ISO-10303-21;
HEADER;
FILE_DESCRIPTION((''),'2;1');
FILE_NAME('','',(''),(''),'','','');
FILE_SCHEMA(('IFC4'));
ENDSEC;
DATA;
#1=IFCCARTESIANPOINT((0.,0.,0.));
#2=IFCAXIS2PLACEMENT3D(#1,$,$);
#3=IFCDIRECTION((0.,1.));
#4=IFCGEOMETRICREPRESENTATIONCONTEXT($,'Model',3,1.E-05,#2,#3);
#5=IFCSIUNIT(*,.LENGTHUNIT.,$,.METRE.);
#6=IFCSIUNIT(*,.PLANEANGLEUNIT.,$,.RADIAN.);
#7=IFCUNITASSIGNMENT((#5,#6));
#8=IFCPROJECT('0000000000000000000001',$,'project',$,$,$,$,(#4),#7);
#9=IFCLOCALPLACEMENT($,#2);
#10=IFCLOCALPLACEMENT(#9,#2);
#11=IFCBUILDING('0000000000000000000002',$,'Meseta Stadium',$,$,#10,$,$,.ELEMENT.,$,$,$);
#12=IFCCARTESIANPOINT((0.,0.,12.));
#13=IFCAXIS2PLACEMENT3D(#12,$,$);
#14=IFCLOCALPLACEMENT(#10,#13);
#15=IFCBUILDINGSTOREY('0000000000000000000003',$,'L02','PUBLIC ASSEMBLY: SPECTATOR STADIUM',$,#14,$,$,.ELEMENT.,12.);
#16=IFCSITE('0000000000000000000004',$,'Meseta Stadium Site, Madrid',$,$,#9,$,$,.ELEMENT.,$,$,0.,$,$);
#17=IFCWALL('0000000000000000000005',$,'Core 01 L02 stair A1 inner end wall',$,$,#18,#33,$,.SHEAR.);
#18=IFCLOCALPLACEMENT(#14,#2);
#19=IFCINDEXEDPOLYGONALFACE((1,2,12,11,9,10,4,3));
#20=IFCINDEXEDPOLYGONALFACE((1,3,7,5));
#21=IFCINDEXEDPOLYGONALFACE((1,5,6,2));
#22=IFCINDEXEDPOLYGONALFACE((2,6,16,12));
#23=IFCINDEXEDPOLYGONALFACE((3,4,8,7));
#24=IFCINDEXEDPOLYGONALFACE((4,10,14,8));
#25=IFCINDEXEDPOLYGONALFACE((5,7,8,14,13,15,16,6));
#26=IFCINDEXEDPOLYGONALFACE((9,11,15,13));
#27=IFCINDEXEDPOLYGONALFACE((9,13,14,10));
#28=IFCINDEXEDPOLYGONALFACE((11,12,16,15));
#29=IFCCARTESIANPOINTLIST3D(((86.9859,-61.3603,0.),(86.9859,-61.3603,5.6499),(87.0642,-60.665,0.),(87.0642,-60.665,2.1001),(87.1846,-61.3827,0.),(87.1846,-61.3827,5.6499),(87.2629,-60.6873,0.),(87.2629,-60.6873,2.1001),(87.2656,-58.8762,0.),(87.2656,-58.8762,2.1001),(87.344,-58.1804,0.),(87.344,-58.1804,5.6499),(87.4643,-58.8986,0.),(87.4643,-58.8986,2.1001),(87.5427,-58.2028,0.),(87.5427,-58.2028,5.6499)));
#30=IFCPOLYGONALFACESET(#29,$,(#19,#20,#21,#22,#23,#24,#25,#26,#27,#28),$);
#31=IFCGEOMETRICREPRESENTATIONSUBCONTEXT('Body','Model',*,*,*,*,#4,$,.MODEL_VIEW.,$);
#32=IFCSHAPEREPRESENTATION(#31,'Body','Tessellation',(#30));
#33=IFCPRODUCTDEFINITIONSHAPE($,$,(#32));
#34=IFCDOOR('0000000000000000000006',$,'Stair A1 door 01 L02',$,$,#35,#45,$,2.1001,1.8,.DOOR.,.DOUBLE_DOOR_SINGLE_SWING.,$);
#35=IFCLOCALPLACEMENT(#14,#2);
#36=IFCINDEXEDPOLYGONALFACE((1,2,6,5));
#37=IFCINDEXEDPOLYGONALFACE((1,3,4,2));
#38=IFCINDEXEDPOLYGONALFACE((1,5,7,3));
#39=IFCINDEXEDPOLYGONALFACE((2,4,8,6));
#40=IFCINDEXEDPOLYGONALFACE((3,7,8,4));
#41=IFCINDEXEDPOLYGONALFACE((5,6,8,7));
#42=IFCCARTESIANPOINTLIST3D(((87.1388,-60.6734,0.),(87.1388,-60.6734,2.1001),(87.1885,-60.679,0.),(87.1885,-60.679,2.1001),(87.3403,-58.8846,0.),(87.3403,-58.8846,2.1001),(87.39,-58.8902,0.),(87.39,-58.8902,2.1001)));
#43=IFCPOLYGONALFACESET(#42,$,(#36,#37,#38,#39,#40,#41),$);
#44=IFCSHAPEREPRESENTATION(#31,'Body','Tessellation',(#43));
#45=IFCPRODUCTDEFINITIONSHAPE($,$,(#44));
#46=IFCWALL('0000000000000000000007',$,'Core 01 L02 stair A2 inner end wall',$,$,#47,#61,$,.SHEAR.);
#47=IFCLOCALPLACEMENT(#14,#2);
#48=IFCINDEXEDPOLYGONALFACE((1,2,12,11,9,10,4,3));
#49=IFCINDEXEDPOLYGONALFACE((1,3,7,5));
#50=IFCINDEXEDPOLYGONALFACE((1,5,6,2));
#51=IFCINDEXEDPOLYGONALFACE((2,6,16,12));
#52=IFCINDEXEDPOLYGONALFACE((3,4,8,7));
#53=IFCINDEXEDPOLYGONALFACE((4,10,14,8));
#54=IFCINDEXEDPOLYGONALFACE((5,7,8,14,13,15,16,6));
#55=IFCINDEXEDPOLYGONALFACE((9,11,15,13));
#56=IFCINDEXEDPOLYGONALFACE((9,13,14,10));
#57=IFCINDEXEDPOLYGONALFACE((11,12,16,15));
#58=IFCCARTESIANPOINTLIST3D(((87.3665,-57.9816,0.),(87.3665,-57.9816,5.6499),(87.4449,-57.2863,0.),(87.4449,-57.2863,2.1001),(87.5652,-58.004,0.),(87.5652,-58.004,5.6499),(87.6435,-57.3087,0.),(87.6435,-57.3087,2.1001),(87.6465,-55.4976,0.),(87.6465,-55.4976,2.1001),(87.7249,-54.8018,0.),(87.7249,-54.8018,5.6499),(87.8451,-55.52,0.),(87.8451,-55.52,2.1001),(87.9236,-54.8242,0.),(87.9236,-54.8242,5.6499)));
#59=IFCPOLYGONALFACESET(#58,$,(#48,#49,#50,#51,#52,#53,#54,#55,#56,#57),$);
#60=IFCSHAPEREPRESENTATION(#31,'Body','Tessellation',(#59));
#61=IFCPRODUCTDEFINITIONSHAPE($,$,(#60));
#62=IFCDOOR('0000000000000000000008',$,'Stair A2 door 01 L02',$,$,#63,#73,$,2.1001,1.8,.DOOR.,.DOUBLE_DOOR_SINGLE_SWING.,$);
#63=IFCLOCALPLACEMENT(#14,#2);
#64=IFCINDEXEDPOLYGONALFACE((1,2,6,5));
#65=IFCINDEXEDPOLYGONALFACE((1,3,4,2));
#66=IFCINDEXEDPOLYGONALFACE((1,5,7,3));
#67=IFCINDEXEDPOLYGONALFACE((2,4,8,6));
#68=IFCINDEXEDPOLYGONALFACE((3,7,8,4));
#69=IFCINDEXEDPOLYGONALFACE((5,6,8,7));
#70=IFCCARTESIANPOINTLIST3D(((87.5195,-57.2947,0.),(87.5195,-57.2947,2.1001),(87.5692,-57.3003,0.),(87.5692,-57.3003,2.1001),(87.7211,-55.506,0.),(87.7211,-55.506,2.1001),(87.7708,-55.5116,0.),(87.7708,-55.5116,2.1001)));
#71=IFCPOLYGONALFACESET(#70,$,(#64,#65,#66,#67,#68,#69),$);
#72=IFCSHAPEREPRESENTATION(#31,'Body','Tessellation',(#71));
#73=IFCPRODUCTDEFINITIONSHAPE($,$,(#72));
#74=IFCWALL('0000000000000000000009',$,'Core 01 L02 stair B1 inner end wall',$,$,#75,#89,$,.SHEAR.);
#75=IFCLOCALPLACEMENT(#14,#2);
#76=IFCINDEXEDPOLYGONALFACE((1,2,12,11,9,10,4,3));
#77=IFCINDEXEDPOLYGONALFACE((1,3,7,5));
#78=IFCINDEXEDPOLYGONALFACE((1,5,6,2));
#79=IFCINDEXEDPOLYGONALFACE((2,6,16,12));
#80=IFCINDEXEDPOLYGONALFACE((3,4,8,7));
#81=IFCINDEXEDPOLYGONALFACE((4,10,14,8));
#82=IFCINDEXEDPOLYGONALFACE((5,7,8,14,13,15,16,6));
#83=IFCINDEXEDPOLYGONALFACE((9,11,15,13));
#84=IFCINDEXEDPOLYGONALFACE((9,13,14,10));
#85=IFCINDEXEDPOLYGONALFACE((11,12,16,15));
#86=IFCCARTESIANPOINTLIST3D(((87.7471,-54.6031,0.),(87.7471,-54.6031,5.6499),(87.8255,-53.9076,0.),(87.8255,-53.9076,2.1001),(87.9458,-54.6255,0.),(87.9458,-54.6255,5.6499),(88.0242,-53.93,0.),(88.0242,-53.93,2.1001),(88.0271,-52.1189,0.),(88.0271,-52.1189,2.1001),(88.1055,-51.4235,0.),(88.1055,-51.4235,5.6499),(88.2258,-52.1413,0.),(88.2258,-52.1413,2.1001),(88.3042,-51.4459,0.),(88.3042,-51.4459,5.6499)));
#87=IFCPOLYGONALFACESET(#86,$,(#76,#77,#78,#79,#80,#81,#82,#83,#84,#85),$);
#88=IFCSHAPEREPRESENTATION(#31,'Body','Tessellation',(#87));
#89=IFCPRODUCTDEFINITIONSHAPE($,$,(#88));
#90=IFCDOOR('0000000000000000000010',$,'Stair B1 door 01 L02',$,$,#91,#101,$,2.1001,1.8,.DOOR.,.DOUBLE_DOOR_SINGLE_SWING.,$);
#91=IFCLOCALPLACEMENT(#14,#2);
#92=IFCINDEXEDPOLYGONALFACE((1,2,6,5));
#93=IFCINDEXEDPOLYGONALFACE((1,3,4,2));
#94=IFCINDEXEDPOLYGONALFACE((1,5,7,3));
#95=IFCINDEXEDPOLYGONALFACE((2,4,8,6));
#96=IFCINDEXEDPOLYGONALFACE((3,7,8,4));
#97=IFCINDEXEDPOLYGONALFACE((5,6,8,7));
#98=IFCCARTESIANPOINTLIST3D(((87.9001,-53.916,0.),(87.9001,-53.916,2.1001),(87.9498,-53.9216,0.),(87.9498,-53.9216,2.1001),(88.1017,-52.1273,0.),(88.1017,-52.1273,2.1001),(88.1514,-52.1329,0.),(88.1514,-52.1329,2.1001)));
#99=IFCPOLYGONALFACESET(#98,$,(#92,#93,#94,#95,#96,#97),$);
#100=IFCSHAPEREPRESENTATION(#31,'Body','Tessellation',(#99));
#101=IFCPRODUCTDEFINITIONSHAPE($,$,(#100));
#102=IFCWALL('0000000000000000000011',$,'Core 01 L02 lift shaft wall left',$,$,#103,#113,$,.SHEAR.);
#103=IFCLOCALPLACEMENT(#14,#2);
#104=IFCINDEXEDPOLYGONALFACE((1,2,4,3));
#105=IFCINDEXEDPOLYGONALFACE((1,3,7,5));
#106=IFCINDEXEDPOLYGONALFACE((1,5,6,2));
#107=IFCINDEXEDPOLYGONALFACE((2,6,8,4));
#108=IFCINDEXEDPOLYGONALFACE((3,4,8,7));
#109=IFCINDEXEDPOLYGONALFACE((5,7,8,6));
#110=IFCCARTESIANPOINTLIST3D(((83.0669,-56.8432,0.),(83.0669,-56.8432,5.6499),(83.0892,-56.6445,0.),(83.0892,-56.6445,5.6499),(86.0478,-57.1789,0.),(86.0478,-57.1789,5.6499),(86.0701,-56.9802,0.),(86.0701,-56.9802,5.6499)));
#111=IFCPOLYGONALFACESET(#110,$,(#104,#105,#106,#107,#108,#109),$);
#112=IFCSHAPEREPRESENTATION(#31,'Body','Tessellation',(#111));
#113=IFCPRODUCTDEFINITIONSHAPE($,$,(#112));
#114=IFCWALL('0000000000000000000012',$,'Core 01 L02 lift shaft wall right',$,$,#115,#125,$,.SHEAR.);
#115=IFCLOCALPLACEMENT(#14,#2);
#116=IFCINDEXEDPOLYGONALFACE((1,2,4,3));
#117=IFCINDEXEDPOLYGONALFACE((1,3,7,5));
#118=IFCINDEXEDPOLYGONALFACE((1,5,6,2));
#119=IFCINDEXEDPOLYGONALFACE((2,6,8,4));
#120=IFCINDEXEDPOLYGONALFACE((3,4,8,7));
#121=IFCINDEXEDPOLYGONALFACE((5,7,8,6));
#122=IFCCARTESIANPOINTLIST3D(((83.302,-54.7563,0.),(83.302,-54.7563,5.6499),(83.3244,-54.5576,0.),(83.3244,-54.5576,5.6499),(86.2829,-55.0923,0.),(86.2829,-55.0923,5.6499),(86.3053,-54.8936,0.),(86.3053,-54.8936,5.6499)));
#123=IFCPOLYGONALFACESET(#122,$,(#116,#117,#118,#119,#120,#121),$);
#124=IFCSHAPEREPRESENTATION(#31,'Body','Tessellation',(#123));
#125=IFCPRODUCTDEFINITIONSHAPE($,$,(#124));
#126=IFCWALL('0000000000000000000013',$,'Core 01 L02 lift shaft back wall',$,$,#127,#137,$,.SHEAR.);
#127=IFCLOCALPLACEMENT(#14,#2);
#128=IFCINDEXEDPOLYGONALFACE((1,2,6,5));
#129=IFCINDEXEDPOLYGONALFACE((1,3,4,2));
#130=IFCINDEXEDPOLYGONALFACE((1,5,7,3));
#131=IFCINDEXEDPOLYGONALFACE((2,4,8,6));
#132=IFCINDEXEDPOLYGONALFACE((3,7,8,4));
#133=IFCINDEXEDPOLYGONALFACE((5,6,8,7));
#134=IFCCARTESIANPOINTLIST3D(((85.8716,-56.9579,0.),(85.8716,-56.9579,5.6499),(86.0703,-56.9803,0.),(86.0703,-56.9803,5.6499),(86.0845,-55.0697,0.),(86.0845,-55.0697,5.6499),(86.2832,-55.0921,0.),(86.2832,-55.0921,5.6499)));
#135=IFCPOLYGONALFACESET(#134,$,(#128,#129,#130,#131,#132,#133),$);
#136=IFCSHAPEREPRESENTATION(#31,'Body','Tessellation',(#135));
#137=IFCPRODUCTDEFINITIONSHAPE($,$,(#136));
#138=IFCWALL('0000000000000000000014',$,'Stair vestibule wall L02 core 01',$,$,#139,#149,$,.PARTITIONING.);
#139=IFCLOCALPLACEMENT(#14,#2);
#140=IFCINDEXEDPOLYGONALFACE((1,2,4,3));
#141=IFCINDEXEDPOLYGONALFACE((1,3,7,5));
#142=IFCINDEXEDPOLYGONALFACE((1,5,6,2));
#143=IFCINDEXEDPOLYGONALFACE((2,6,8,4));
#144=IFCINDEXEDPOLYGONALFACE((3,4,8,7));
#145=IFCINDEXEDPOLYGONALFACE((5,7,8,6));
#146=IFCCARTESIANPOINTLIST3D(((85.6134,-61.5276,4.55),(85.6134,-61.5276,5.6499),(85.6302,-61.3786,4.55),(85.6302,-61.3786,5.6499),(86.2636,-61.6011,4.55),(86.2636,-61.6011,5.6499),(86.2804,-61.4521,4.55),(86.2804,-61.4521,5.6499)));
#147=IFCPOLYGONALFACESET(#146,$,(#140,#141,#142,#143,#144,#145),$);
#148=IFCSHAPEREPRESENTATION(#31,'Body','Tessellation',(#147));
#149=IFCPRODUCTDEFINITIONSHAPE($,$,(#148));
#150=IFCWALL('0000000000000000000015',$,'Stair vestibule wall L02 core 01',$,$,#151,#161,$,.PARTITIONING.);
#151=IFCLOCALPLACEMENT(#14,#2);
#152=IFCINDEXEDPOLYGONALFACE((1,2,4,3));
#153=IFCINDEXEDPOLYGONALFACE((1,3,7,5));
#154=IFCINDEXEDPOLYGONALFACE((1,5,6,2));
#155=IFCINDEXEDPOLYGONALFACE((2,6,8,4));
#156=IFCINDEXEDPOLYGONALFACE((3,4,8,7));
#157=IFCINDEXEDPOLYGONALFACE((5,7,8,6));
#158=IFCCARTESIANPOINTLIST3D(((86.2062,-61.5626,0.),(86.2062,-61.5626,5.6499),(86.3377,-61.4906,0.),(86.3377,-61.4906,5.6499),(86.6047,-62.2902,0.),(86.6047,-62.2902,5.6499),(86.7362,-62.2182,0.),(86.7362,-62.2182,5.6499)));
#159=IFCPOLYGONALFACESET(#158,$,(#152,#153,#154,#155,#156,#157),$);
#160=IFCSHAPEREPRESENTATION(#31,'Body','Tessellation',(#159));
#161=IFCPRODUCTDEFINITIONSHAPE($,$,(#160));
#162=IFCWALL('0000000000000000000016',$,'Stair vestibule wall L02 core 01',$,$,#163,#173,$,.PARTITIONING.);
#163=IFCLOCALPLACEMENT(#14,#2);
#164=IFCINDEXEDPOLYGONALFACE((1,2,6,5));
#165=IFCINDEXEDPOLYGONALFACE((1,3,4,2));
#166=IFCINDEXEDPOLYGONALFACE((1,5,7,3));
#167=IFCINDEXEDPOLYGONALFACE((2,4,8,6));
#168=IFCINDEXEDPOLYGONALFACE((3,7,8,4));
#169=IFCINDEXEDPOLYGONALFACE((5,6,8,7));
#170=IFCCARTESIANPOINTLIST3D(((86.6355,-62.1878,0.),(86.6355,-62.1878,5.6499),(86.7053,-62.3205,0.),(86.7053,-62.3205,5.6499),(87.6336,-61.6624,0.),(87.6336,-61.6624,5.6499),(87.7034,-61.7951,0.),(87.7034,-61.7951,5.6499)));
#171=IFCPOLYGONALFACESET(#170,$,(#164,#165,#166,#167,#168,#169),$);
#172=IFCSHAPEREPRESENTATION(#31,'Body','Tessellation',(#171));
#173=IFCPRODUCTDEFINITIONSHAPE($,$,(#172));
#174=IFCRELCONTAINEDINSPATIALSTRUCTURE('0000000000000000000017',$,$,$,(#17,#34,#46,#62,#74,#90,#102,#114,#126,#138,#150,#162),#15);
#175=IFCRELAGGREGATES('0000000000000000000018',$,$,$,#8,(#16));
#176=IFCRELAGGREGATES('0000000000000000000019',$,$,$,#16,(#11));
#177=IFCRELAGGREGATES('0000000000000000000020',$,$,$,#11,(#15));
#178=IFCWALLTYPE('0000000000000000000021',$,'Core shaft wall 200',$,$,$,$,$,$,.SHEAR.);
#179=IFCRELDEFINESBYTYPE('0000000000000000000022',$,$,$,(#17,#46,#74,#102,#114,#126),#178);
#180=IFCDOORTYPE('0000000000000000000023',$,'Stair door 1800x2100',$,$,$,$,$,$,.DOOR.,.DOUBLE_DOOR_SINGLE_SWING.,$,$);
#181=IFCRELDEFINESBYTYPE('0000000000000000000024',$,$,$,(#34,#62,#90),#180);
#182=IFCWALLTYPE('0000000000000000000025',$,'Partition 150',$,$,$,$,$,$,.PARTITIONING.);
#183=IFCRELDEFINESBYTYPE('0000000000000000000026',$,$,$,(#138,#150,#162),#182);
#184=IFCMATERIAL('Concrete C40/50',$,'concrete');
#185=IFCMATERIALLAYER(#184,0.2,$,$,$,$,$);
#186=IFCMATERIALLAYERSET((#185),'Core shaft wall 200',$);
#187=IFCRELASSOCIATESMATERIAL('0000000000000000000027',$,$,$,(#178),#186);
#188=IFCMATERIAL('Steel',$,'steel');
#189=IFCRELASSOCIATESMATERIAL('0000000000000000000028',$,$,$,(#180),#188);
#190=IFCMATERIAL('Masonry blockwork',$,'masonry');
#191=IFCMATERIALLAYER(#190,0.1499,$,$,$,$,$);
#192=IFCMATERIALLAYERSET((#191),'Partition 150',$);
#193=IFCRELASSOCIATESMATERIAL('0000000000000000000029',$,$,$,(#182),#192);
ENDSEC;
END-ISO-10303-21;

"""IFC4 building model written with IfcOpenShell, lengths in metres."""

from ifc_helpers import new_model, si_unit, direction, frame, frame_2d, origin, place, context, subcontext, project, spatial, rectangle, extrude, material, layer, layer_set, type_object, element, fill, save


model = new_model("IFC4")

# Units and contexts
model_context = context("Model", 3, precision=1e-05, world=origin(), true_north=direction((0.0, 1.0)))
body_context = subcontext(model_context, "Body", "Model", "MODEL_VIEW")
ifc_project = project(units=[si_unit("LENGTHUNIT", "METRE"), si_unit("PLANEANGLEUNIT", "RADIAN")], contexts=[model_context])

# Site, building, storey
site_placement = place(None, origin())
site = spatial("IfcSite", under=ifc_project, at=site_placement, Name="Meseta Stadium Site, Madrid", CompositionType="ELEMENT", RefElevation=0.0)
building_placement = place(site_placement, origin())
building = spatial("IfcBuilding", under=site, at=building_placement, Name="Meseta Stadium", CompositionType="ELEMENT")
storey_placement = place(building_placement, frame((0.0, 0.0, 12.0)))
storey = spatial("IfcBuildingStorey", under=building, at=storey_placement, Name="L02", Description="PUBLIC ASSEMBLY: SPECTATOR STADIUM", CompositionType="ELEMENT", Elevation=12.0)

# Walls, openings, doors
ifc_material_1 = material(Name="Concrete C40/50", Category="concrete")
ifc_layer_1 = layer(ifc_material_1, 0.2)
ifc_layer_set_1 = layer_set([ifc_layer_1], Name="Core shaft wall 200")
wall_type_1 = type_object("IfcWallType", Name="Core shaft wall 200", PredefinedType="SHEAR", material=ifc_layer_set_1)
wall_1_placement = place(storey_placement, frame((87.0852, -61.3716, 0.0), z_axis=(0.0, 0.0, 1.0), x_axis=(0.111922, 0.993717, 0.0)))
wall_1 = element("IfcWall", 1, at=wall_1_placement, inside=storey, type_object=wall_type_1, Name="Core 01 L02 stair A1 inner end wall", PredefinedType="SHEAR", context=body_context, shape_type="SweptSolid", body=[
    extrude(rectangle(XDim=3.2, YDim=0.2, at=frame_2d((1.6001, 0.0))), origin(), (0.0, 0.0, 1.0), 5.6499),
])
opening_1_placement = place(wall_1_placement, frame((0.7, 0.0, 0.0)))
opening_1 = element("IfcOpeningElement", 2, at=opening_1_placement, cuts=wall_1, PredefinedType="OPENING", context=body_context, shape_type="SweptSolid", body=[
    extrude(rectangle(XDim=1.8, YDim=2.1001, at=frame_2d((0.8999, 1.05))), frame((0.0, 0.1099, 0.0), z_axis=(0.0, -1.0, 0.0), x_axis=(1.0, 0.0, 0.0)), (0.0, 0.0, 1.0), 0.22),
])
ifc_material_2 = material(Name="Steel", Category="steel")
door_type = type_object("IfcDoorType", Name="Stair door 1800x2100", OperationType="DOUBLE_DOOR_SINGLE_SWING", PredefinedType="DOOR", material=ifc_material_2)
door_1_placement = place(opening_1_placement, origin())
door_1 = element("IfcDoor", 3, at=door_1_placement, inside=storey, type_object=door_type, Name="Stair A1 door 01 L02", OperationType="DOUBLE_DOOR_SINGLE_SWING", OverallHeight=2.1001, OverallWidth=1.8, PredefinedType="DOOR", context=body_context, shape_type="SweptSolid", body=[
    extrude(rectangle(XDim=1.8, YDim=2.1001, at=frame_2d((0.8999, 1.05))), frame((0.0, 0.0249, 0.0), z_axis=(0.0, -1.0, 0.0), x_axis=(1.0, 0.0, 0.0)), (0.0, 0.0, 1.0), 0.05),
])
fill(opening_1, door_1)
wall_2_placement = place(storey_placement, frame((87.4658, -57.9929, 0.0), z_axis=(0.0, 0.0, 1.0), x_axis=(0.111997, 0.993709, 0.0)))
wall_2 = element("IfcWall", 4, at=wall_2_placement, inside=storey, type_object=wall_type_1, Name="Core 01 L02 stair A2 inner end wall", PredefinedType="SHEAR", context=body_context, shape_type="SweptSolid", body=[
    extrude(rectangle(XDim=3.2, YDim=0.2, at=frame_2d((1.6001, 0.0))), origin(), (0.0, 0.0, 1.0), 5.6499),
])
opening_2_placement = place(wall_2_placement, frame((0.7, 0.0, 0.0)))
opening_2 = element("IfcOpeningElement", 5, at=opening_2_placement, cuts=wall_2, PredefinedType="OPENING", context=body_context, shape_type="SweptSolid", body=[
    extrude(rectangle(XDim=1.8, YDim=2.1001, at=frame_2d((0.8999, 1.05))), frame((0.0, 0.1099, 0.0), z_axis=(0.0, -1.0, 0.0), x_axis=(1.0, 0.0, 0.0)), (0.0, 0.0, 1.0), 0.22),
])
door_2_placement = place(opening_2_placement, origin())
door_2 = element("IfcDoor", 6, at=door_2_placement, inside=storey, type_object=door_type, Name="Stair A2 door 01 L02", OperationType="DOUBLE_DOOR_SINGLE_SWING", OverallHeight=2.1001, OverallWidth=1.8, PredefinedType="DOOR", context=body_context, shape_type="SweptSolid", body=[
    extrude(rectangle(XDim=1.8, YDim=2.1001, at=frame_2d((0.8999, 1.05))), frame((0.0, 0.0249, 0.0), z_axis=(0.0, -1.0, 0.0), x_axis=(1.0, 0.0, 0.0)), (0.0, 0.0, 1.0), 0.05),
])
fill(opening_2, door_2)
wall_3_placement = place(storey_placement, frame((87.8464, -54.6143, 0.0), z_axis=(0.0, 0.0, 1.0), x_axis=(0.112006, 0.993708, 0.0)))
wall_3 = element("IfcWall", 7, at=wall_3_placement, inside=storey, type_object=wall_type_1, Name="Core 01 L02 stair B1 inner end wall", PredefinedType="SHEAR", context=body_context, shape_type="SweptSolid", body=[
    extrude(rectangle(XDim=3.1997, YDim=0.2, at=frame_2d((1.5999, 0.0))), origin(), (0.0, 0.0, 1.0), 5.6499),
])
opening_3_placement = place(wall_3_placement, frame((0.7, 0.0, 0.0)))
opening_3 = element("IfcOpeningElement", 8, at=opening_3_placement, cuts=wall_3, PredefinedType="OPENING", context=body_context, shape_type="SweptSolid", body=[
    extrude(rectangle(XDim=1.8, YDim=2.1001, at=frame_2d((0.8999, 1.05))), frame((0.0, 0.1099, 0.0), z_axis=(0.0, -1.0, 0.0), x_axis=(1.0, 0.0, 0.0)), (0.0, 0.0, 1.0), 0.22),
])
door_3_placement = place(opening_3_placement, origin())
door_3 = element("IfcDoor", 9, at=door_3_placement, inside=storey, type_object=door_type, Name="Stair B1 door 01 L02", OperationType="DOUBLE_DOOR_SINGLE_SWING", OverallHeight=2.1001, OverallWidth=1.8, PredefinedType="DOOR", context=body_context, shape_type="SweptSolid", body=[
    extrude(rectangle(XDim=1.8, YDim=2.1001, at=frame_2d((0.8999, 1.05))), frame((0.0, 0.0249, 0.0), z_axis=(0.0, -1.0, 0.0), x_axis=(1.0, 0.0, 0.0)), (0.0, 0.0, 1.0), 0.05),
])
fill(opening_3, door_3)

# Walls
for number, where, z_axis, x_axis, name in (
    (10, (86.0591, -57.0796, 0.0), (0.0, 0.0, 1.0), (-0.993719, 0.111905, 0.0), "Core 01 L02 lift shaft wall left"),
    (11, (86.2942, -54.9929, 0.0), (0.0, 0.0, 1.0), (-0.99371, 0.111986, 0.0), "Core 01 L02 lift shaft wall right"),
):
    element("IfcWall", number, at=place(storey_placement, frame(where, z_axis=z_axis, x_axis=x_axis)), inside=storey, type_object=wall_type_1, Name=name, PredefinedType="SHEAR", context=body_context, shape_type="SweptSolid", body=[
        extrude(rectangle(XDim=2.9998, YDim=0.2, at=frame_2d((1.5, 0.0))), origin(), (0.0, 0.0, 1.0), 5.6499),
    ])
wall_4_placement = place(storey_placement, frame((85.9709, -56.9692, 0.0), z_axis=(0.0, 0.0, 1.0), x_axis=(0.112039, 0.993704, 0.0)))
element("IfcWall", 12, at=wall_4_placement, inside=storey, type_object=wall_type_1, Name="Core 01 L02 lift shaft back wall", PredefinedType="SHEAR", context=body_context, shape_type="SweptSolid", body=[
    extrude(rectangle(XDim=1.9001, YDim=0.2, at=frame_2d((0.9502, 0.0))), origin(), (0.0, 0.0, 1.0), 5.6499),
])
ifc_material_3 = material(Name="Masonry blockwork", Category="masonry")
ifc_layer_2 = layer(ifc_material_3, 0.1499)
ifc_layer_set_2 = layer_set([ifc_layer_2], Name="Partition 150")
wall_type_2 = type_object("IfcWallType", Name="Partition 150", PredefinedType="PARTITIONING", material=ifc_layer_set_2)
wall_5_placement = place(storey_placement, frame((85.6218, -61.4531, 4.55), z_axis=(0.0, 0.0, 1.0), x_axis=(0.993673, -0.112315, 0.0)))
element("IfcWall", 13, at=wall_5_placement, inside=storey, type_object=wall_type_2, Name="Stair vestibule wall L02 core 01", PredefinedType="PARTITIONING", context=body_context, shape_type="SweptSolid", body=[
    extrude(rectangle(XDim=0.6543, YDim=0.1499, at=frame_2d((0.3271, 0.0))), origin(), (0.0, 0.0, 1.0), 1.0999),
])
wall_6_placement = place(storey_placement, frame((86.272, -61.5266, 0.0), z_axis=(0.0, 0.0, 1.0), x_axis=(0.480336, -0.877084, 0.0)))
element("IfcWall", 14, at=wall_6_placement, inside=storey, type_object=wall_type_2, Name="Stair vestibule wall L02 core 01", PredefinedType="PARTITIONING", context=body_context, shape_type="SweptSolid", body=[
    extrude(rectangle(XDim=0.8296, YDim=0.1499, at=frame_2d((0.4148, 0.0))), origin(), (0.0, 0.0, 1.0), 5.6499),
])
wall_7_placement = place(storey_placement, frame((86.6704, -62.2542, 0.0), z_axis=(0.0, 0.0, 1.0), x_axis=(0.884881, 0.465818, 0.0)))
element("IfcWall", 15, at=wall_7_placement, inside=storey, type_object=wall_type_2, Name="Stair vestibule wall L02 core 01", PredefinedType="PARTITIONING", context=body_context, shape_type="SweptSolid", body=[
    extrude(rectangle(XDim=1.1279, YDim=0.1499, at=frame_2d((0.564, 0.0))), origin(), (0.0, 0.0, 1.0), 5.6499),
])

save(model, "model.ifc")
